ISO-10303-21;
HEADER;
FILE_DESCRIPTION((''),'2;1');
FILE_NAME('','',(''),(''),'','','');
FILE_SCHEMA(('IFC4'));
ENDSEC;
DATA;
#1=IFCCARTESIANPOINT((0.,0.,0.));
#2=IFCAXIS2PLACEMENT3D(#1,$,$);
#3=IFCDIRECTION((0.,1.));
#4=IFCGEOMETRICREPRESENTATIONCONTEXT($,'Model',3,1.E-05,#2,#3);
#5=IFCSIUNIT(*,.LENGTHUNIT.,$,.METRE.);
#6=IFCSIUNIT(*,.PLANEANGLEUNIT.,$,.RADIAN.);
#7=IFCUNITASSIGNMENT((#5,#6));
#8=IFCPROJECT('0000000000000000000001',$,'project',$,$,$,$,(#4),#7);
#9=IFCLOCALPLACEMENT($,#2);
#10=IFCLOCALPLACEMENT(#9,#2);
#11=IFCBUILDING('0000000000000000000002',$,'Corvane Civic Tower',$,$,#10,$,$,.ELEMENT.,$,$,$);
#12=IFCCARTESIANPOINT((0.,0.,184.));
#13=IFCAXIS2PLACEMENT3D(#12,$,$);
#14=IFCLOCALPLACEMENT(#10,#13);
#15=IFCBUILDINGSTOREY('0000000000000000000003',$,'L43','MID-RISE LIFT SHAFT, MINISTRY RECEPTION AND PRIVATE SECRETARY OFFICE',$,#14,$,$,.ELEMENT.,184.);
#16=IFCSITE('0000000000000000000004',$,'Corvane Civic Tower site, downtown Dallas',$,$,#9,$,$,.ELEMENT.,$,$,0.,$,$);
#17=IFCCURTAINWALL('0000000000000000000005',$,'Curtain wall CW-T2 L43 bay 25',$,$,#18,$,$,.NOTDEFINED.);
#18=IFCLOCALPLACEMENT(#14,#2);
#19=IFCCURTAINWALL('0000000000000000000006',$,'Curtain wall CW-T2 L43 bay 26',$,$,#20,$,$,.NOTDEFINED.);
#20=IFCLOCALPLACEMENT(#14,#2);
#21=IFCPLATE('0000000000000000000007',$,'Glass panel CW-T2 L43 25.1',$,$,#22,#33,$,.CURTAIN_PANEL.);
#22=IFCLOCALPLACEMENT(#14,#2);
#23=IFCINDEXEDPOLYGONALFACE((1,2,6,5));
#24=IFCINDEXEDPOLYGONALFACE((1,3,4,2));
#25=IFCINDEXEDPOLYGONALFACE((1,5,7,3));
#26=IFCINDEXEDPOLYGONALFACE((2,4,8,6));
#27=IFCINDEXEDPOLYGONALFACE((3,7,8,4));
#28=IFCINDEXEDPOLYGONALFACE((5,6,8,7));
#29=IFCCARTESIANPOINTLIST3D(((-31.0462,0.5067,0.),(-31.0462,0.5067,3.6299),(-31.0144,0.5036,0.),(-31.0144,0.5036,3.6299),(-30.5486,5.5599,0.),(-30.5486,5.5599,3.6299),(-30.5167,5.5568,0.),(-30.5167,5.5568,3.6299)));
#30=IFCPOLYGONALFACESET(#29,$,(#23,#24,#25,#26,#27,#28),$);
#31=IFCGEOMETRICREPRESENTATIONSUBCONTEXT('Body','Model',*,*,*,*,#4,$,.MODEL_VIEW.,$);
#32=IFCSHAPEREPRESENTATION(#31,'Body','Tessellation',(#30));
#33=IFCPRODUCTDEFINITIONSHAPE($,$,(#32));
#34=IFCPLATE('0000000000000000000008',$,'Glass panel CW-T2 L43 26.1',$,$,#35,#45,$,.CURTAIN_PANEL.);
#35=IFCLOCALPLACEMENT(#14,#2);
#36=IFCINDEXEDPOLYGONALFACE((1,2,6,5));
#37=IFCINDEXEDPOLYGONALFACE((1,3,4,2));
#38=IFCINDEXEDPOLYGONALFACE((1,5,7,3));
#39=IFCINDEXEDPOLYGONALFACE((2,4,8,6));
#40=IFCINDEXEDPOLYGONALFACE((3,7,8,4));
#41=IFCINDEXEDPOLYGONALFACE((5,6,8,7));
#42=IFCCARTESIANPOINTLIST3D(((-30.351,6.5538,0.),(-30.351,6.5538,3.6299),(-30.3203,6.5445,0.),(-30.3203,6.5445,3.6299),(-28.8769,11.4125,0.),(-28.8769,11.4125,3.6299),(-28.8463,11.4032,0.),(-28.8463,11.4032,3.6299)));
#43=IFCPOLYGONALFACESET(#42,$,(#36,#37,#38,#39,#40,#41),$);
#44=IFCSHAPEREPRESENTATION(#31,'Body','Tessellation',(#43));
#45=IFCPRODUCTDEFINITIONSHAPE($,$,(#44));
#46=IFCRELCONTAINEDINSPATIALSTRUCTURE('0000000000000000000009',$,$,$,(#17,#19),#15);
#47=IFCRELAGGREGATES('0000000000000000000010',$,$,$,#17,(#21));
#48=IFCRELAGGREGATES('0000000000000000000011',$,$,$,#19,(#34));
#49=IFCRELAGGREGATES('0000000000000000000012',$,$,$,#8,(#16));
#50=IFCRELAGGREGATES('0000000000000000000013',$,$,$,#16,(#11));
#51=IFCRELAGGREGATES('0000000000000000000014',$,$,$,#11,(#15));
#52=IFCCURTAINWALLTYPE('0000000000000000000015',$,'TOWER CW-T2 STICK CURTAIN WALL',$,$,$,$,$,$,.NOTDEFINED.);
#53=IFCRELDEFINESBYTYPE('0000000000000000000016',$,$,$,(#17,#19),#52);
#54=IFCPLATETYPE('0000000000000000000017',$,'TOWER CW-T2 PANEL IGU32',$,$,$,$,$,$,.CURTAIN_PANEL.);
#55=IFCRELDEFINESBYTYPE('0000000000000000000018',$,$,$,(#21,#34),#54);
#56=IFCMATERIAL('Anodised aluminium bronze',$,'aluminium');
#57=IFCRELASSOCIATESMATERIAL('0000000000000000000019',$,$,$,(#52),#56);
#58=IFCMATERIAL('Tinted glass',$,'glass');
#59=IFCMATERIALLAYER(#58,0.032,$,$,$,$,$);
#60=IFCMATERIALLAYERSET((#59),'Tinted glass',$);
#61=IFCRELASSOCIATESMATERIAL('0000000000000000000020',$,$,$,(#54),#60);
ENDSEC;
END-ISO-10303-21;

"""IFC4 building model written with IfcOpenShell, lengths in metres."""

from ifc_helpers import new_model, si_unit, direction, frame, origin, origin_2d, place, context, subcontext, project, spatial, rectangle, extrude, material, layer, layer_set, type_object, element, aggregate, save


model = new_model("IFC4")

# Units and contexts
model_context = context("Model", 3, precision=1e-05, world=origin(), true_north=direction((0.0, 1.0)))
body_context = subcontext(model_context, "Body", "Model", "MODEL_VIEW")
ifc_project = project(units=[si_unit("LENGTHUNIT", "METRE"), si_unit("PLANEANGLEUNIT", "RADIAN")], contexts=[model_context])

# Site, building, storey
site_placement = place(None, origin())
site = spatial("IfcSite", under=ifc_project, at=site_placement, Name="Corvane Civic Tower site, downtown Dallas", CompositionType="ELEMENT", RefElevation=0.0)
building_placement = place(site_placement, origin())
building = spatial("IfcBuilding", under=site, at=building_placement, Name="Corvane Civic Tower", CompositionType="ELEMENT")
storey_placement = place(building_placement, frame((0.0, 0.0, 184.0)))
storey = spatial("IfcBuildingStorey", under=building, at=storey_placement, Name="L43", Description="MID-RISE LIFT SHAFT, MINISTRY RECEPTION AND PRIVATE SECRETARY OFFICE", CompositionType="ELEMENT", Elevation=184.0)

# Curtain walls
ifc_material_1 = material(Name="Anodised aluminium bronze", Category="aluminium")
curtain_wall_type = type_object("IfcCurtainWallType", Name="TOWER CW-T2 STICK CURTAIN WALL", PredefinedType="NOTDEFINED", material=ifc_material_1)
curtain_wall_1_placement = place(storey_placement, origin())
curtain_wall_1 = element("IfcCurtainWall", 1, at=curtain_wall_1_placement, inside=storey, type_object=curtain_wall_type, Name="Curtain wall CW-T2 L43 bay 25", PredefinedType="NOTDEFINED")
curtain_wall_2_placement = place(storey_placement, origin())
curtain_wall_2 = element("IfcCurtainWall", 2, at=curtain_wall_2_placement, inside=storey, type_object=curtain_wall_type, Name="Curtain wall CW-T2 L43 bay 26", PredefinedType="NOTDEFINED")

# Plates
ifc_material_2 = material(Name="Tinted glass", Category="glass")
ifc_layer_1 = layer(ifc_material_2, 0.032)
ifc_layer_set_1 = layer_set([ifc_layer_1], Name="Tinted glass")
plate_type = type_object("IfcPlateType", Name="TOWER CW-T2 PANEL IGU32", PredefinedType="CURTAIN_PANEL", material=ifc_layer_set_1)
plate_1_placement = place(storey_placement, frame((-30.7815, 3.0317, 0.0), z_axis=(0.0, 0.0, 1.0), x_axis=(0.098012, 0.995185, 0.0)))
plate_1 = element("IfcPlate", 3, at=plate_1_placement, type_object=plate_type, Name="Glass panel CW-T2 L43 25.1", PredefinedType="CURTAIN_PANEL", context=body_context, shape_type="SweptSolid", body=[
    extrude(rectangle(XDim=5.0776, YDim=0.032, at=origin_2d()), origin(), (0.0, 0.0, 1.0), 3.6299),
])
aggregate(curtain_wall_1, [plate_1])
plate_2_placement = place(storey_placement, frame((-29.5986, 8.9785, 0.0), z_axis=(0.0, 0.0, 1.0), x_axis=(0.290313, 0.956932, 0.0)))
plate_2 = element("IfcPlate", 4, at=plate_2_placement, type_object=plate_type, Name="Glass panel CW-T2 L43 26.1", PredefinedType="CURTAIN_PANEL", context=body_context, shape_type="SweptSolid", body=[
    extrude(rectangle(XDim=5.0774, YDim=0.032, at=origin_2d()), origin(), (0.0, 0.0, 1.0), 3.6299),
])
aggregate(curtain_wall_2, [plate_2])

save(model, "model.ifc")
